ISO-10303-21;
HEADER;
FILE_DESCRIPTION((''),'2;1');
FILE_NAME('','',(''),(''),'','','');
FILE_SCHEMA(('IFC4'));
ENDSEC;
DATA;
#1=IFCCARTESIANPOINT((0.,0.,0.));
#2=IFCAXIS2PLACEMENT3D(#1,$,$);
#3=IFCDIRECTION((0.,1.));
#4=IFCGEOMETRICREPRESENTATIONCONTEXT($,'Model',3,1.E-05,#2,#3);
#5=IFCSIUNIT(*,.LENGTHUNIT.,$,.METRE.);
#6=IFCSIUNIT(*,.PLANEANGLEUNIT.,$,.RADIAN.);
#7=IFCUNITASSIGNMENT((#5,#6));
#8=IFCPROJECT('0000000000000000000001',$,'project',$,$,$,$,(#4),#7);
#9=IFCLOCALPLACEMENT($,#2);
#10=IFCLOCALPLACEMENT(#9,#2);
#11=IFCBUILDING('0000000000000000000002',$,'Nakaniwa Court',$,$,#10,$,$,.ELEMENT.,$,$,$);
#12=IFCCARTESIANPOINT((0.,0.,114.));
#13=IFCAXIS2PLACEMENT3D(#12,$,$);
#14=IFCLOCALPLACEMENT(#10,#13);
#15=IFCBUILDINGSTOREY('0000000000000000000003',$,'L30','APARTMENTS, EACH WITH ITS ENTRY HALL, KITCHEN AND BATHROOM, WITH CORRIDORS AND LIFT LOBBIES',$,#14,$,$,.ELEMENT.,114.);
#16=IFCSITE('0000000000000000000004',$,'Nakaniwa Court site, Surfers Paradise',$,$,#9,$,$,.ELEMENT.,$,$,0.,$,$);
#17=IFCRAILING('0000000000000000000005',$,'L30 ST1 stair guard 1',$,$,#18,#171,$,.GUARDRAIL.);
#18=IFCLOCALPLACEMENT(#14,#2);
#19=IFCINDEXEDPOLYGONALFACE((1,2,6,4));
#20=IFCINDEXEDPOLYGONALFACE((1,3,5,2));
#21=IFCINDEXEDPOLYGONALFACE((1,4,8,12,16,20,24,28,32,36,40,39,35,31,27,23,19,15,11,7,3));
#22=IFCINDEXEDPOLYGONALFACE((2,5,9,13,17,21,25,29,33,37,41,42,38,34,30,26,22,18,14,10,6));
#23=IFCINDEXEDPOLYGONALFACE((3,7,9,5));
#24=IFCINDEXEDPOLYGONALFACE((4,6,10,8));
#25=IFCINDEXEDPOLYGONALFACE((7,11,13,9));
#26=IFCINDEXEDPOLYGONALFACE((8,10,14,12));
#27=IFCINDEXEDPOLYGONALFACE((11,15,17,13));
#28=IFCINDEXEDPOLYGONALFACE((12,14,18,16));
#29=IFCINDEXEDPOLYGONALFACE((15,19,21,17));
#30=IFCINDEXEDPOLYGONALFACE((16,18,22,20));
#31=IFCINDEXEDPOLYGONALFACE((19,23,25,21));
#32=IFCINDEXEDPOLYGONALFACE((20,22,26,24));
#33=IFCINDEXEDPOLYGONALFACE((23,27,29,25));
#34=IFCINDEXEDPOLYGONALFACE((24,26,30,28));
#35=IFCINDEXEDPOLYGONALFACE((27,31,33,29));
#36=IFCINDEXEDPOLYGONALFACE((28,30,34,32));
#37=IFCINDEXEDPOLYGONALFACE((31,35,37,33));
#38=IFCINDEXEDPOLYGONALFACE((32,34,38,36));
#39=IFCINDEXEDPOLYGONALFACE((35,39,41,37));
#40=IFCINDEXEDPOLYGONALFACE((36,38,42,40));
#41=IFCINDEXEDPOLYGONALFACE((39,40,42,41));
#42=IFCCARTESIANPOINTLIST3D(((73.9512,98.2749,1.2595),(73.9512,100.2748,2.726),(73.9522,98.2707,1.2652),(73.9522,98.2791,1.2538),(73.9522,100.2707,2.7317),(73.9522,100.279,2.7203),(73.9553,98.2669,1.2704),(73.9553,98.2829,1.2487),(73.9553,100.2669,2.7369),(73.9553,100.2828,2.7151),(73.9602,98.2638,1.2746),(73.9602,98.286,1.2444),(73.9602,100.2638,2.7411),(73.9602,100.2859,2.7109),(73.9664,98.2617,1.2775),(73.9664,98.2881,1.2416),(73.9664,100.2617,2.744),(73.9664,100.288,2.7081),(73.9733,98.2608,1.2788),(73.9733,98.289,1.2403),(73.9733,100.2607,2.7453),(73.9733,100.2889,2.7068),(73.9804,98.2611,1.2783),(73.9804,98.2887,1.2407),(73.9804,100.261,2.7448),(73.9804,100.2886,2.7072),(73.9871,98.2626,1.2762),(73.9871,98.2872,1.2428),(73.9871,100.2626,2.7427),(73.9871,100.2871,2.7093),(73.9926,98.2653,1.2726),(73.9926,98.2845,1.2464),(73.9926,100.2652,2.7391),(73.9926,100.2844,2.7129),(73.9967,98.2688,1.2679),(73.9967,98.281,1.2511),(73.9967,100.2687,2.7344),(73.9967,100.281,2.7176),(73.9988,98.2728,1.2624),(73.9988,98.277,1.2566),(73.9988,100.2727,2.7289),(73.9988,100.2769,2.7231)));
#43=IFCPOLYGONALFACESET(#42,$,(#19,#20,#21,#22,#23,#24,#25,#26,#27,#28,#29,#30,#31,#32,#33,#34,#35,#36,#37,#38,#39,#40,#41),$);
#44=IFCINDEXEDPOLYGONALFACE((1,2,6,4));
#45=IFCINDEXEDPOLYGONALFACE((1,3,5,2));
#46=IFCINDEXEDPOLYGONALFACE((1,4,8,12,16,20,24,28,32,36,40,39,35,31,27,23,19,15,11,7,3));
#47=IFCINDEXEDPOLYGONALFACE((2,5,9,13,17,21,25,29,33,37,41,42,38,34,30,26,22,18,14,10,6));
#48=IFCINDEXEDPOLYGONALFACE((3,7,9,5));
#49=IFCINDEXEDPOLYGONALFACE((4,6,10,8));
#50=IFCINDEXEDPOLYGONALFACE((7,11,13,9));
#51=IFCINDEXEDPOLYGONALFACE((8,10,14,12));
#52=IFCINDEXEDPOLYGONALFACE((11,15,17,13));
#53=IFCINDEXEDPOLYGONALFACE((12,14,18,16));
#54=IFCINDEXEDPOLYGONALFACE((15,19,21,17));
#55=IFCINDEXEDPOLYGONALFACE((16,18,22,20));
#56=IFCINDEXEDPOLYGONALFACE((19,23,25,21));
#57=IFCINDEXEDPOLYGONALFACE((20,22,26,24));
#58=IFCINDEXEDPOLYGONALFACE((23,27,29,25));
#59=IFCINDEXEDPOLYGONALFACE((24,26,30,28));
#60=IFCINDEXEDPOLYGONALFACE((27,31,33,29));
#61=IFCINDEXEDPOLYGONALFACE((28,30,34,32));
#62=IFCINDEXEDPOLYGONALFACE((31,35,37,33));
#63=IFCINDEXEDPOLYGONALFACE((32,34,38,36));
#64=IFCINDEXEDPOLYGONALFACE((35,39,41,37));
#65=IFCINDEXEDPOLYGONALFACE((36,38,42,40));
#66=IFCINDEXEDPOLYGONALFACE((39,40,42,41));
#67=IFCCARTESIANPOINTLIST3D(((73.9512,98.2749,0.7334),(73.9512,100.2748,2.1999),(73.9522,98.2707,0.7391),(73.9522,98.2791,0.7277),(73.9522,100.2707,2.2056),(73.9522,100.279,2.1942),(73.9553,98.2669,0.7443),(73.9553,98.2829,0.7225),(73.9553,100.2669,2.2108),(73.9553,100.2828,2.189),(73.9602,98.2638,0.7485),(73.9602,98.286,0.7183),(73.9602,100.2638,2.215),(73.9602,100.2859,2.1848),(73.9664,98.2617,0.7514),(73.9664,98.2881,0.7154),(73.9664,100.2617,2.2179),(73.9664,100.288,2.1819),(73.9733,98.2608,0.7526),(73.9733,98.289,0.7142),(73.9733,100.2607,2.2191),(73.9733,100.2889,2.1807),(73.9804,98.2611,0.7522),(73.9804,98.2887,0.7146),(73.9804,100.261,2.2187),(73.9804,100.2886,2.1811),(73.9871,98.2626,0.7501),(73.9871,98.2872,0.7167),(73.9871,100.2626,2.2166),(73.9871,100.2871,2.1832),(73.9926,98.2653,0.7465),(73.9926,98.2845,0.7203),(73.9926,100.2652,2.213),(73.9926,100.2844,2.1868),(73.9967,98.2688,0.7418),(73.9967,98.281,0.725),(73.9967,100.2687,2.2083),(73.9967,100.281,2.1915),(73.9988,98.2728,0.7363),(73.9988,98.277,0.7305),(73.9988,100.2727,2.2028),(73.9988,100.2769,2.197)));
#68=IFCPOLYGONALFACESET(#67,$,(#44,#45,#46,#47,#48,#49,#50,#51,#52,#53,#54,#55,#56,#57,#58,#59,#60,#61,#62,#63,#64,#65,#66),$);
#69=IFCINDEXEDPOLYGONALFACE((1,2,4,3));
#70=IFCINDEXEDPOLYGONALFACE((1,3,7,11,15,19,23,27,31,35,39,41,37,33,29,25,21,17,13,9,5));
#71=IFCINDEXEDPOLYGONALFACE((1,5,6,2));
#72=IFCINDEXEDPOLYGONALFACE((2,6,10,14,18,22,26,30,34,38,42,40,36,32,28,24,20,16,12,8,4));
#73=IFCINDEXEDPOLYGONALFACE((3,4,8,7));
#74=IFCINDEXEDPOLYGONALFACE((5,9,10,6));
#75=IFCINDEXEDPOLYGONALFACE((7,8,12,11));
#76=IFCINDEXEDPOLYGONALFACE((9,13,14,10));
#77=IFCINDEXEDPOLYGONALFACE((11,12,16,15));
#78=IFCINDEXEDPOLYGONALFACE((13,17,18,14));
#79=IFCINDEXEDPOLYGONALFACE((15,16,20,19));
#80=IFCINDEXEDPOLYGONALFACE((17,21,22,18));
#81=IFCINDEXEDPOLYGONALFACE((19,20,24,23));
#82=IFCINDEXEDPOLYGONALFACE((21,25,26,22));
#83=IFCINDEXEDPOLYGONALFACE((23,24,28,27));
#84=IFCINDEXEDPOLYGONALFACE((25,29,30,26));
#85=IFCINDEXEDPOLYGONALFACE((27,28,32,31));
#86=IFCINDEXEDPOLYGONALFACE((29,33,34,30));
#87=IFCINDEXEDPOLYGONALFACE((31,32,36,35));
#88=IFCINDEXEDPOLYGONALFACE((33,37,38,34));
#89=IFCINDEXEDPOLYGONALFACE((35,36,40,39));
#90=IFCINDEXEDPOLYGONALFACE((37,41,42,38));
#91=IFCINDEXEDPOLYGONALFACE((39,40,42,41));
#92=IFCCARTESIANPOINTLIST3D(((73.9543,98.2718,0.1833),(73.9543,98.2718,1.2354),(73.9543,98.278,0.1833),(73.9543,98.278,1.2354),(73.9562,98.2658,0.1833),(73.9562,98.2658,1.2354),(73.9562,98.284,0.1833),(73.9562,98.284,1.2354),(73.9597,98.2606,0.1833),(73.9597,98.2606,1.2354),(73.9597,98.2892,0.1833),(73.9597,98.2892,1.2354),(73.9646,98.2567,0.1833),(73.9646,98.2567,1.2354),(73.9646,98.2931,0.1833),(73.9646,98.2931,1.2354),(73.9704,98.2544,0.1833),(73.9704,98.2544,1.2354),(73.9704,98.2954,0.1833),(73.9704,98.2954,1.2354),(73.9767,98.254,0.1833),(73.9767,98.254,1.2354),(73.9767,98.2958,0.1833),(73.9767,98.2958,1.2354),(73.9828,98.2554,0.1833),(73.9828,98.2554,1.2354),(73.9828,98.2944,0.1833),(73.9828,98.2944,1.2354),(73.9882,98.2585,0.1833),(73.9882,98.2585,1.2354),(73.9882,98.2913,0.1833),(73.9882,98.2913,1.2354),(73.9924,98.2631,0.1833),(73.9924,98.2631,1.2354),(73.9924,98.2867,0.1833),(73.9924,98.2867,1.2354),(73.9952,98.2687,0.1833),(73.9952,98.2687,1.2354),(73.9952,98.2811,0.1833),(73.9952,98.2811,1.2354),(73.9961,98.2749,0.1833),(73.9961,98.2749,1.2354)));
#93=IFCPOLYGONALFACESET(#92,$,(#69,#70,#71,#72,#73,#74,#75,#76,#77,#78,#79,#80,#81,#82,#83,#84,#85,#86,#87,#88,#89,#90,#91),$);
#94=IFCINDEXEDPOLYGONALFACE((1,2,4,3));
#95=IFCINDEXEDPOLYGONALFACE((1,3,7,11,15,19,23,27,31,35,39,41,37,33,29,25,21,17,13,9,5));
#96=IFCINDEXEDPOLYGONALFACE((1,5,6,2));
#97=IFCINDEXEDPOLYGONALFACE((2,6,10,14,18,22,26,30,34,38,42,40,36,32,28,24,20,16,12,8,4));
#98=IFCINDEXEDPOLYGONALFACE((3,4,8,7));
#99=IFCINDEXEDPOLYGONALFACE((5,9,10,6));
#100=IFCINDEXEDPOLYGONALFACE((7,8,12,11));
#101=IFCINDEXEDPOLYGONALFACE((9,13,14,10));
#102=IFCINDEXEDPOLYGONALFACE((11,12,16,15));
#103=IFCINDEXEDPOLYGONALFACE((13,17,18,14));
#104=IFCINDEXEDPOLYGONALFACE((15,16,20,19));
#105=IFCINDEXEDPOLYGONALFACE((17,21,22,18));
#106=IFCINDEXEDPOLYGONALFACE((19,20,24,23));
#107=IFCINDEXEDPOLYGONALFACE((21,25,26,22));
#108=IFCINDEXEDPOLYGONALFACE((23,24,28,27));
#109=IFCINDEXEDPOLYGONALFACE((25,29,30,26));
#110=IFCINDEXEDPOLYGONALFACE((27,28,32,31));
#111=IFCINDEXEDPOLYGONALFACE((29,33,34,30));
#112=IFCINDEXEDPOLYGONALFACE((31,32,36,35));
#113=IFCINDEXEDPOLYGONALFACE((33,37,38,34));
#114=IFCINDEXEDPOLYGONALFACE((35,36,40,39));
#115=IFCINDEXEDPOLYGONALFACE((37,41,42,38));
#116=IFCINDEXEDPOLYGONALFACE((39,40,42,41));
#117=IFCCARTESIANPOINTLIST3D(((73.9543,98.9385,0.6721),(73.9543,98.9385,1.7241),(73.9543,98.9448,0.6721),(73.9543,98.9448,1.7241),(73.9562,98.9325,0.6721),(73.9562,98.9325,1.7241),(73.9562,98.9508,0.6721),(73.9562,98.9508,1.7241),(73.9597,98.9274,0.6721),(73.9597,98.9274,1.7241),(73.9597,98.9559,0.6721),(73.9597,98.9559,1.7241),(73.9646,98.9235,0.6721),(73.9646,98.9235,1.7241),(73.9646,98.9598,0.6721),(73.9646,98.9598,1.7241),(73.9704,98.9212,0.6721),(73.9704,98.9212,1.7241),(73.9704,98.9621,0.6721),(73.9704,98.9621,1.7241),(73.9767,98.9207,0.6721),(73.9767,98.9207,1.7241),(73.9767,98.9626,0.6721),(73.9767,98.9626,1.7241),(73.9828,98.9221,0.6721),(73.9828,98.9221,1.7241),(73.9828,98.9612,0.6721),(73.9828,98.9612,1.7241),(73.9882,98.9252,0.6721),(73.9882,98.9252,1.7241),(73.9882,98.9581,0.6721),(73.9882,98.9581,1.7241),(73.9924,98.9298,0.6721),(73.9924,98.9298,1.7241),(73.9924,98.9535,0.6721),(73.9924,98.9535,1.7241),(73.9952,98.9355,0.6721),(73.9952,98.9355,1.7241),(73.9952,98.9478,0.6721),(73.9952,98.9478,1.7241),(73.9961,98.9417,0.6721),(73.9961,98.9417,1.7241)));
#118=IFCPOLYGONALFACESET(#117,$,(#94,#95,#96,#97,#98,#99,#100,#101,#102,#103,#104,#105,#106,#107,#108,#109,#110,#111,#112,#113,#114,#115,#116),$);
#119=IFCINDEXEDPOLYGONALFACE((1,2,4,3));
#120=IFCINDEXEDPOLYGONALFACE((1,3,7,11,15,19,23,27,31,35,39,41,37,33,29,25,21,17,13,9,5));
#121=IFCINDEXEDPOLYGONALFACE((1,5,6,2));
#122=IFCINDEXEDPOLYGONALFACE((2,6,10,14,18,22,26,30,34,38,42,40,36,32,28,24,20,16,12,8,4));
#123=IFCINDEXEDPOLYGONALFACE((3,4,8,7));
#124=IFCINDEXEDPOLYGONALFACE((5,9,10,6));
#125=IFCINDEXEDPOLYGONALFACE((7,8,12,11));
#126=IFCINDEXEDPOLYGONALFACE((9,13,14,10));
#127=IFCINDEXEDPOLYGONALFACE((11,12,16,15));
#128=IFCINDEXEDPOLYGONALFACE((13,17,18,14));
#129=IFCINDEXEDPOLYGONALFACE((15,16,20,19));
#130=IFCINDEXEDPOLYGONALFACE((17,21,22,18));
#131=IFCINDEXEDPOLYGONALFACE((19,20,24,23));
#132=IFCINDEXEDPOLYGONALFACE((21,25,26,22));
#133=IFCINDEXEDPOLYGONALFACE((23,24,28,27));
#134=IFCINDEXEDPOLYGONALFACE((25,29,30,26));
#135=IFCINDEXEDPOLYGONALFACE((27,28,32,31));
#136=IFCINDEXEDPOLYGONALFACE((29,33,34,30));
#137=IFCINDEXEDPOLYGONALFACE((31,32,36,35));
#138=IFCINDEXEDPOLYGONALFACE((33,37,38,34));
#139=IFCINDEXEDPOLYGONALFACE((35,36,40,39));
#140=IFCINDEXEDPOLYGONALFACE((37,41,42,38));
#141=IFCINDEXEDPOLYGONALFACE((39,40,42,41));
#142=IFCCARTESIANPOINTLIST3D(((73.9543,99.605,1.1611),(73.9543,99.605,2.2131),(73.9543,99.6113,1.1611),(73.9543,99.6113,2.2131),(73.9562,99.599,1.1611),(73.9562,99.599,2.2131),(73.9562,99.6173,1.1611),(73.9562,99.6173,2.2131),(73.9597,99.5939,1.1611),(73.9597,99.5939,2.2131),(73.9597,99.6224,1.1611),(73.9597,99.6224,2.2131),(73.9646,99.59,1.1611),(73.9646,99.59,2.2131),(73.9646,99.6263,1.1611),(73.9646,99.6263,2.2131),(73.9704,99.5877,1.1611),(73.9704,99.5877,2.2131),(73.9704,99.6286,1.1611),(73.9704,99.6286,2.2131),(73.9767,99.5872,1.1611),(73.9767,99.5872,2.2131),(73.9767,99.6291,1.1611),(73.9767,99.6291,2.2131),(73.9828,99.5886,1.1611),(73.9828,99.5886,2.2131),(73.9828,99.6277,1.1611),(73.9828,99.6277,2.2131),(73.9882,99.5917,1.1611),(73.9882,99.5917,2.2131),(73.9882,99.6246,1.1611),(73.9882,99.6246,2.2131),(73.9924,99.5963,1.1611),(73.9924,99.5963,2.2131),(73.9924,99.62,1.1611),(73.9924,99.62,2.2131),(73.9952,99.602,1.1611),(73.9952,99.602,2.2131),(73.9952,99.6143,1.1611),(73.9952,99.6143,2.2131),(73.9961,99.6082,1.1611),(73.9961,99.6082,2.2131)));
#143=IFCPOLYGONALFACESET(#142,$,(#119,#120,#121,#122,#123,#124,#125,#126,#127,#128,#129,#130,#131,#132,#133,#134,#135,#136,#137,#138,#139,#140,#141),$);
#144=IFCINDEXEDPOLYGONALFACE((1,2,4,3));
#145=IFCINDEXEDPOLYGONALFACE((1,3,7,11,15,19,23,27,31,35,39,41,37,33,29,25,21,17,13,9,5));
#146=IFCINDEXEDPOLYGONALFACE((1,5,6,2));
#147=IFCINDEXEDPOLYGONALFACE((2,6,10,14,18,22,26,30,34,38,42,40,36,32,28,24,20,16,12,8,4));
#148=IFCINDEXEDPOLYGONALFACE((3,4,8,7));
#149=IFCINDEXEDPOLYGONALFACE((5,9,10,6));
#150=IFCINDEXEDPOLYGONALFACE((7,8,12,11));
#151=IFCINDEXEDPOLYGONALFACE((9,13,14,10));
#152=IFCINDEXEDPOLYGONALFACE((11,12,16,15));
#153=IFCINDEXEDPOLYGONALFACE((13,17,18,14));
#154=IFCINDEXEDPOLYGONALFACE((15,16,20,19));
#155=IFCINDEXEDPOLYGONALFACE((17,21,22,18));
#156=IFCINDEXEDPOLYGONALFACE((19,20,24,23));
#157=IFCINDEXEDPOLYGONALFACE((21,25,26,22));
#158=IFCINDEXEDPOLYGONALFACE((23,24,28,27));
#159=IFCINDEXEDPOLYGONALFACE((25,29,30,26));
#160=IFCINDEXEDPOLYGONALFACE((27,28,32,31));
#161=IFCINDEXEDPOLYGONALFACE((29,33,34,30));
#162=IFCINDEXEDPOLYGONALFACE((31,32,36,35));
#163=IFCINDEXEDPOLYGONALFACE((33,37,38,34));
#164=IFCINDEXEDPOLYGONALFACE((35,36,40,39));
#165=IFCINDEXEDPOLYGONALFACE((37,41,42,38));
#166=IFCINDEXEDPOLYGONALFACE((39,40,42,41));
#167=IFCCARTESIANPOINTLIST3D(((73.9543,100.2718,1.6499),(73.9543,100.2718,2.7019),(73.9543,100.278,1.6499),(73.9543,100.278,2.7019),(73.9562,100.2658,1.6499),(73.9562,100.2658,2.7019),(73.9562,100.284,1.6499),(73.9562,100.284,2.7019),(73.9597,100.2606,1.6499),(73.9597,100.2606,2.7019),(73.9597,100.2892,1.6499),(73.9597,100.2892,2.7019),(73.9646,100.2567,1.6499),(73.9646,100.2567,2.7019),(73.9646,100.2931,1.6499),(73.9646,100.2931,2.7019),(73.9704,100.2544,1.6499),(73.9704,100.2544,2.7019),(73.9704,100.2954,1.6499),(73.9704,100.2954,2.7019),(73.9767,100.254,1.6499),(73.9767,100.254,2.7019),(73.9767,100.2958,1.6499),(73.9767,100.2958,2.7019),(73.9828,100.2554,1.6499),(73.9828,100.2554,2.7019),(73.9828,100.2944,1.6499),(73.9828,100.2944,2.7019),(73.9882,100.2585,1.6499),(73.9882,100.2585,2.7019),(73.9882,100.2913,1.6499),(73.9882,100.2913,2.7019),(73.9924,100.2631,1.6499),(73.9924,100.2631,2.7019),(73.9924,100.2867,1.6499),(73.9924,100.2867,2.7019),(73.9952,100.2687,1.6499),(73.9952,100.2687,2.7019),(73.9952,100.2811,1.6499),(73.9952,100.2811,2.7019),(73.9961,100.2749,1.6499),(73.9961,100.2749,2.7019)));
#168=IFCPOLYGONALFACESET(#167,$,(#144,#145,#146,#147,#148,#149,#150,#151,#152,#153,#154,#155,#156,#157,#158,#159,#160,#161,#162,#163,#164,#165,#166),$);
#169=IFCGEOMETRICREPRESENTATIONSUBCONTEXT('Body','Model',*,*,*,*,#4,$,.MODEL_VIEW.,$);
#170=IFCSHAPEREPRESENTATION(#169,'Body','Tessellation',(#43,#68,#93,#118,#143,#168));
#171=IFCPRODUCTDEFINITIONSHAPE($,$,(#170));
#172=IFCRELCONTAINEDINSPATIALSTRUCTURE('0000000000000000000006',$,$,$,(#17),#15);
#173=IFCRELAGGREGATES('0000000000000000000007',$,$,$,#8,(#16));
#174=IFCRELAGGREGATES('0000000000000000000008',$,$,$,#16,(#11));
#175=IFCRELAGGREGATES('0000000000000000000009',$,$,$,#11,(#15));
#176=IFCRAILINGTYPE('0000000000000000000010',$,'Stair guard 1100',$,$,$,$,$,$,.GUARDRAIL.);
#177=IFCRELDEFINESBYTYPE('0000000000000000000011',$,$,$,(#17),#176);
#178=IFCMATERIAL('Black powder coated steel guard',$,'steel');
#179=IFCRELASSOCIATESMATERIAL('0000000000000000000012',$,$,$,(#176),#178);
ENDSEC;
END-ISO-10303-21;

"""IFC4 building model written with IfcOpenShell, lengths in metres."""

from ifc_helpers import new_model, si_unit, direction, frame, origin, origin_2d, place, context, subcontext, project, spatial, circle, extrude, material, type_object, element, save


model = new_model("IFC4")

# Units and contexts
model_context = context("Model", 3, precision=1e-05, world=origin(), true_north=direction((0.0, 1.0)))
body_context = subcontext(model_context, "Body", "Model", "MODEL_VIEW")
ifc_project = project(units=[si_unit("LENGTHUNIT", "METRE"), si_unit("PLANEANGLEUNIT", "RADIAN")], contexts=[model_context])

# Site, building, storey
site_placement = place(None, origin())
site = spatial("IfcSite", under=ifc_project, at=site_placement, Name="Nakaniwa Court site, Surfers Paradise", CompositionType="ELEMENT", RefElevation=0.0)
building_placement = place(site_placement, origin())
building = spatial("IfcBuilding", under=site, at=building_placement, Name="Nakaniwa Court", CompositionType="ELEMENT")
storey_placement = place(building_placement, frame((0.0, 0.0, 114.0)))
storey = spatial("IfcBuildingStorey", under=building, at=storey_placement, Name="L30", Description="APARTMENTS, EACH WITH ITS ENTRY HALL, KITCHEN AND BATHROOM, WITH CORRIDORS AND LIFT LOBBIES", CompositionType="ELEMENT", Elevation=114.0)

# Railing
ifc_material_1 = material(Name="Black powder coated steel guard", Category="steel")
railing_type_1 = type_object("IfcRailingType", Name="Stair guard 1100", PredefinedType="GUARDRAIL", material=ifc_material_1)
railing_1_placement = place(storey_placement, frame((73.9751, 98.2749, 0.1833)))
element("IfcRailing", 1, at=railing_1_placement, inside=storey, type_object=railing_type_1, Name="L30 ST1 stair guard 1", PredefinedType="GUARDRAIL", context=body_context, shape_type="SweptSolid", body=[
    extrude(circle(Radius=0.0239, at=origin_2d()), frame((0.0, 0.0, 1.0762), z_axis=(0.0, 0.806427, 0.591334), x_axis=(-1.0, 0.0, 0.0)), (0.0, 0.0, 1.0), 2.48),
    extrude(circle(Radius=0.0239, at=origin_2d()), frame((0.0, 0.0, 0.55), z_axis=(0.0, 0.806427, 0.591334), x_axis=(-1.0, 0.0, 0.0)), (0.0, 0.0, 1.0), 2.48),
    extrude(circle(Radius=0.021, at=origin_2d()), origin(), (0.0, 0.0, 1.0), 1.052),
    extrude(circle(Radius=0.021, at=origin_2d()), frame((0.0, 0.6667, 0.4888)), (0.0, 0.0, 1.0), 1.052),
    extrude(circle(Radius=0.021, at=origin_2d()), frame((0.0, 1.3333, 0.9778)), (0.0, 0.0, 1.0), 1.052),
    extrude(circle(Radius=0.021, at=origin_2d()), frame((0.0, 2.0, 1.4666)), (0.0, 0.0, 1.0), 1.052),
])

save(model, "model.ifc")
